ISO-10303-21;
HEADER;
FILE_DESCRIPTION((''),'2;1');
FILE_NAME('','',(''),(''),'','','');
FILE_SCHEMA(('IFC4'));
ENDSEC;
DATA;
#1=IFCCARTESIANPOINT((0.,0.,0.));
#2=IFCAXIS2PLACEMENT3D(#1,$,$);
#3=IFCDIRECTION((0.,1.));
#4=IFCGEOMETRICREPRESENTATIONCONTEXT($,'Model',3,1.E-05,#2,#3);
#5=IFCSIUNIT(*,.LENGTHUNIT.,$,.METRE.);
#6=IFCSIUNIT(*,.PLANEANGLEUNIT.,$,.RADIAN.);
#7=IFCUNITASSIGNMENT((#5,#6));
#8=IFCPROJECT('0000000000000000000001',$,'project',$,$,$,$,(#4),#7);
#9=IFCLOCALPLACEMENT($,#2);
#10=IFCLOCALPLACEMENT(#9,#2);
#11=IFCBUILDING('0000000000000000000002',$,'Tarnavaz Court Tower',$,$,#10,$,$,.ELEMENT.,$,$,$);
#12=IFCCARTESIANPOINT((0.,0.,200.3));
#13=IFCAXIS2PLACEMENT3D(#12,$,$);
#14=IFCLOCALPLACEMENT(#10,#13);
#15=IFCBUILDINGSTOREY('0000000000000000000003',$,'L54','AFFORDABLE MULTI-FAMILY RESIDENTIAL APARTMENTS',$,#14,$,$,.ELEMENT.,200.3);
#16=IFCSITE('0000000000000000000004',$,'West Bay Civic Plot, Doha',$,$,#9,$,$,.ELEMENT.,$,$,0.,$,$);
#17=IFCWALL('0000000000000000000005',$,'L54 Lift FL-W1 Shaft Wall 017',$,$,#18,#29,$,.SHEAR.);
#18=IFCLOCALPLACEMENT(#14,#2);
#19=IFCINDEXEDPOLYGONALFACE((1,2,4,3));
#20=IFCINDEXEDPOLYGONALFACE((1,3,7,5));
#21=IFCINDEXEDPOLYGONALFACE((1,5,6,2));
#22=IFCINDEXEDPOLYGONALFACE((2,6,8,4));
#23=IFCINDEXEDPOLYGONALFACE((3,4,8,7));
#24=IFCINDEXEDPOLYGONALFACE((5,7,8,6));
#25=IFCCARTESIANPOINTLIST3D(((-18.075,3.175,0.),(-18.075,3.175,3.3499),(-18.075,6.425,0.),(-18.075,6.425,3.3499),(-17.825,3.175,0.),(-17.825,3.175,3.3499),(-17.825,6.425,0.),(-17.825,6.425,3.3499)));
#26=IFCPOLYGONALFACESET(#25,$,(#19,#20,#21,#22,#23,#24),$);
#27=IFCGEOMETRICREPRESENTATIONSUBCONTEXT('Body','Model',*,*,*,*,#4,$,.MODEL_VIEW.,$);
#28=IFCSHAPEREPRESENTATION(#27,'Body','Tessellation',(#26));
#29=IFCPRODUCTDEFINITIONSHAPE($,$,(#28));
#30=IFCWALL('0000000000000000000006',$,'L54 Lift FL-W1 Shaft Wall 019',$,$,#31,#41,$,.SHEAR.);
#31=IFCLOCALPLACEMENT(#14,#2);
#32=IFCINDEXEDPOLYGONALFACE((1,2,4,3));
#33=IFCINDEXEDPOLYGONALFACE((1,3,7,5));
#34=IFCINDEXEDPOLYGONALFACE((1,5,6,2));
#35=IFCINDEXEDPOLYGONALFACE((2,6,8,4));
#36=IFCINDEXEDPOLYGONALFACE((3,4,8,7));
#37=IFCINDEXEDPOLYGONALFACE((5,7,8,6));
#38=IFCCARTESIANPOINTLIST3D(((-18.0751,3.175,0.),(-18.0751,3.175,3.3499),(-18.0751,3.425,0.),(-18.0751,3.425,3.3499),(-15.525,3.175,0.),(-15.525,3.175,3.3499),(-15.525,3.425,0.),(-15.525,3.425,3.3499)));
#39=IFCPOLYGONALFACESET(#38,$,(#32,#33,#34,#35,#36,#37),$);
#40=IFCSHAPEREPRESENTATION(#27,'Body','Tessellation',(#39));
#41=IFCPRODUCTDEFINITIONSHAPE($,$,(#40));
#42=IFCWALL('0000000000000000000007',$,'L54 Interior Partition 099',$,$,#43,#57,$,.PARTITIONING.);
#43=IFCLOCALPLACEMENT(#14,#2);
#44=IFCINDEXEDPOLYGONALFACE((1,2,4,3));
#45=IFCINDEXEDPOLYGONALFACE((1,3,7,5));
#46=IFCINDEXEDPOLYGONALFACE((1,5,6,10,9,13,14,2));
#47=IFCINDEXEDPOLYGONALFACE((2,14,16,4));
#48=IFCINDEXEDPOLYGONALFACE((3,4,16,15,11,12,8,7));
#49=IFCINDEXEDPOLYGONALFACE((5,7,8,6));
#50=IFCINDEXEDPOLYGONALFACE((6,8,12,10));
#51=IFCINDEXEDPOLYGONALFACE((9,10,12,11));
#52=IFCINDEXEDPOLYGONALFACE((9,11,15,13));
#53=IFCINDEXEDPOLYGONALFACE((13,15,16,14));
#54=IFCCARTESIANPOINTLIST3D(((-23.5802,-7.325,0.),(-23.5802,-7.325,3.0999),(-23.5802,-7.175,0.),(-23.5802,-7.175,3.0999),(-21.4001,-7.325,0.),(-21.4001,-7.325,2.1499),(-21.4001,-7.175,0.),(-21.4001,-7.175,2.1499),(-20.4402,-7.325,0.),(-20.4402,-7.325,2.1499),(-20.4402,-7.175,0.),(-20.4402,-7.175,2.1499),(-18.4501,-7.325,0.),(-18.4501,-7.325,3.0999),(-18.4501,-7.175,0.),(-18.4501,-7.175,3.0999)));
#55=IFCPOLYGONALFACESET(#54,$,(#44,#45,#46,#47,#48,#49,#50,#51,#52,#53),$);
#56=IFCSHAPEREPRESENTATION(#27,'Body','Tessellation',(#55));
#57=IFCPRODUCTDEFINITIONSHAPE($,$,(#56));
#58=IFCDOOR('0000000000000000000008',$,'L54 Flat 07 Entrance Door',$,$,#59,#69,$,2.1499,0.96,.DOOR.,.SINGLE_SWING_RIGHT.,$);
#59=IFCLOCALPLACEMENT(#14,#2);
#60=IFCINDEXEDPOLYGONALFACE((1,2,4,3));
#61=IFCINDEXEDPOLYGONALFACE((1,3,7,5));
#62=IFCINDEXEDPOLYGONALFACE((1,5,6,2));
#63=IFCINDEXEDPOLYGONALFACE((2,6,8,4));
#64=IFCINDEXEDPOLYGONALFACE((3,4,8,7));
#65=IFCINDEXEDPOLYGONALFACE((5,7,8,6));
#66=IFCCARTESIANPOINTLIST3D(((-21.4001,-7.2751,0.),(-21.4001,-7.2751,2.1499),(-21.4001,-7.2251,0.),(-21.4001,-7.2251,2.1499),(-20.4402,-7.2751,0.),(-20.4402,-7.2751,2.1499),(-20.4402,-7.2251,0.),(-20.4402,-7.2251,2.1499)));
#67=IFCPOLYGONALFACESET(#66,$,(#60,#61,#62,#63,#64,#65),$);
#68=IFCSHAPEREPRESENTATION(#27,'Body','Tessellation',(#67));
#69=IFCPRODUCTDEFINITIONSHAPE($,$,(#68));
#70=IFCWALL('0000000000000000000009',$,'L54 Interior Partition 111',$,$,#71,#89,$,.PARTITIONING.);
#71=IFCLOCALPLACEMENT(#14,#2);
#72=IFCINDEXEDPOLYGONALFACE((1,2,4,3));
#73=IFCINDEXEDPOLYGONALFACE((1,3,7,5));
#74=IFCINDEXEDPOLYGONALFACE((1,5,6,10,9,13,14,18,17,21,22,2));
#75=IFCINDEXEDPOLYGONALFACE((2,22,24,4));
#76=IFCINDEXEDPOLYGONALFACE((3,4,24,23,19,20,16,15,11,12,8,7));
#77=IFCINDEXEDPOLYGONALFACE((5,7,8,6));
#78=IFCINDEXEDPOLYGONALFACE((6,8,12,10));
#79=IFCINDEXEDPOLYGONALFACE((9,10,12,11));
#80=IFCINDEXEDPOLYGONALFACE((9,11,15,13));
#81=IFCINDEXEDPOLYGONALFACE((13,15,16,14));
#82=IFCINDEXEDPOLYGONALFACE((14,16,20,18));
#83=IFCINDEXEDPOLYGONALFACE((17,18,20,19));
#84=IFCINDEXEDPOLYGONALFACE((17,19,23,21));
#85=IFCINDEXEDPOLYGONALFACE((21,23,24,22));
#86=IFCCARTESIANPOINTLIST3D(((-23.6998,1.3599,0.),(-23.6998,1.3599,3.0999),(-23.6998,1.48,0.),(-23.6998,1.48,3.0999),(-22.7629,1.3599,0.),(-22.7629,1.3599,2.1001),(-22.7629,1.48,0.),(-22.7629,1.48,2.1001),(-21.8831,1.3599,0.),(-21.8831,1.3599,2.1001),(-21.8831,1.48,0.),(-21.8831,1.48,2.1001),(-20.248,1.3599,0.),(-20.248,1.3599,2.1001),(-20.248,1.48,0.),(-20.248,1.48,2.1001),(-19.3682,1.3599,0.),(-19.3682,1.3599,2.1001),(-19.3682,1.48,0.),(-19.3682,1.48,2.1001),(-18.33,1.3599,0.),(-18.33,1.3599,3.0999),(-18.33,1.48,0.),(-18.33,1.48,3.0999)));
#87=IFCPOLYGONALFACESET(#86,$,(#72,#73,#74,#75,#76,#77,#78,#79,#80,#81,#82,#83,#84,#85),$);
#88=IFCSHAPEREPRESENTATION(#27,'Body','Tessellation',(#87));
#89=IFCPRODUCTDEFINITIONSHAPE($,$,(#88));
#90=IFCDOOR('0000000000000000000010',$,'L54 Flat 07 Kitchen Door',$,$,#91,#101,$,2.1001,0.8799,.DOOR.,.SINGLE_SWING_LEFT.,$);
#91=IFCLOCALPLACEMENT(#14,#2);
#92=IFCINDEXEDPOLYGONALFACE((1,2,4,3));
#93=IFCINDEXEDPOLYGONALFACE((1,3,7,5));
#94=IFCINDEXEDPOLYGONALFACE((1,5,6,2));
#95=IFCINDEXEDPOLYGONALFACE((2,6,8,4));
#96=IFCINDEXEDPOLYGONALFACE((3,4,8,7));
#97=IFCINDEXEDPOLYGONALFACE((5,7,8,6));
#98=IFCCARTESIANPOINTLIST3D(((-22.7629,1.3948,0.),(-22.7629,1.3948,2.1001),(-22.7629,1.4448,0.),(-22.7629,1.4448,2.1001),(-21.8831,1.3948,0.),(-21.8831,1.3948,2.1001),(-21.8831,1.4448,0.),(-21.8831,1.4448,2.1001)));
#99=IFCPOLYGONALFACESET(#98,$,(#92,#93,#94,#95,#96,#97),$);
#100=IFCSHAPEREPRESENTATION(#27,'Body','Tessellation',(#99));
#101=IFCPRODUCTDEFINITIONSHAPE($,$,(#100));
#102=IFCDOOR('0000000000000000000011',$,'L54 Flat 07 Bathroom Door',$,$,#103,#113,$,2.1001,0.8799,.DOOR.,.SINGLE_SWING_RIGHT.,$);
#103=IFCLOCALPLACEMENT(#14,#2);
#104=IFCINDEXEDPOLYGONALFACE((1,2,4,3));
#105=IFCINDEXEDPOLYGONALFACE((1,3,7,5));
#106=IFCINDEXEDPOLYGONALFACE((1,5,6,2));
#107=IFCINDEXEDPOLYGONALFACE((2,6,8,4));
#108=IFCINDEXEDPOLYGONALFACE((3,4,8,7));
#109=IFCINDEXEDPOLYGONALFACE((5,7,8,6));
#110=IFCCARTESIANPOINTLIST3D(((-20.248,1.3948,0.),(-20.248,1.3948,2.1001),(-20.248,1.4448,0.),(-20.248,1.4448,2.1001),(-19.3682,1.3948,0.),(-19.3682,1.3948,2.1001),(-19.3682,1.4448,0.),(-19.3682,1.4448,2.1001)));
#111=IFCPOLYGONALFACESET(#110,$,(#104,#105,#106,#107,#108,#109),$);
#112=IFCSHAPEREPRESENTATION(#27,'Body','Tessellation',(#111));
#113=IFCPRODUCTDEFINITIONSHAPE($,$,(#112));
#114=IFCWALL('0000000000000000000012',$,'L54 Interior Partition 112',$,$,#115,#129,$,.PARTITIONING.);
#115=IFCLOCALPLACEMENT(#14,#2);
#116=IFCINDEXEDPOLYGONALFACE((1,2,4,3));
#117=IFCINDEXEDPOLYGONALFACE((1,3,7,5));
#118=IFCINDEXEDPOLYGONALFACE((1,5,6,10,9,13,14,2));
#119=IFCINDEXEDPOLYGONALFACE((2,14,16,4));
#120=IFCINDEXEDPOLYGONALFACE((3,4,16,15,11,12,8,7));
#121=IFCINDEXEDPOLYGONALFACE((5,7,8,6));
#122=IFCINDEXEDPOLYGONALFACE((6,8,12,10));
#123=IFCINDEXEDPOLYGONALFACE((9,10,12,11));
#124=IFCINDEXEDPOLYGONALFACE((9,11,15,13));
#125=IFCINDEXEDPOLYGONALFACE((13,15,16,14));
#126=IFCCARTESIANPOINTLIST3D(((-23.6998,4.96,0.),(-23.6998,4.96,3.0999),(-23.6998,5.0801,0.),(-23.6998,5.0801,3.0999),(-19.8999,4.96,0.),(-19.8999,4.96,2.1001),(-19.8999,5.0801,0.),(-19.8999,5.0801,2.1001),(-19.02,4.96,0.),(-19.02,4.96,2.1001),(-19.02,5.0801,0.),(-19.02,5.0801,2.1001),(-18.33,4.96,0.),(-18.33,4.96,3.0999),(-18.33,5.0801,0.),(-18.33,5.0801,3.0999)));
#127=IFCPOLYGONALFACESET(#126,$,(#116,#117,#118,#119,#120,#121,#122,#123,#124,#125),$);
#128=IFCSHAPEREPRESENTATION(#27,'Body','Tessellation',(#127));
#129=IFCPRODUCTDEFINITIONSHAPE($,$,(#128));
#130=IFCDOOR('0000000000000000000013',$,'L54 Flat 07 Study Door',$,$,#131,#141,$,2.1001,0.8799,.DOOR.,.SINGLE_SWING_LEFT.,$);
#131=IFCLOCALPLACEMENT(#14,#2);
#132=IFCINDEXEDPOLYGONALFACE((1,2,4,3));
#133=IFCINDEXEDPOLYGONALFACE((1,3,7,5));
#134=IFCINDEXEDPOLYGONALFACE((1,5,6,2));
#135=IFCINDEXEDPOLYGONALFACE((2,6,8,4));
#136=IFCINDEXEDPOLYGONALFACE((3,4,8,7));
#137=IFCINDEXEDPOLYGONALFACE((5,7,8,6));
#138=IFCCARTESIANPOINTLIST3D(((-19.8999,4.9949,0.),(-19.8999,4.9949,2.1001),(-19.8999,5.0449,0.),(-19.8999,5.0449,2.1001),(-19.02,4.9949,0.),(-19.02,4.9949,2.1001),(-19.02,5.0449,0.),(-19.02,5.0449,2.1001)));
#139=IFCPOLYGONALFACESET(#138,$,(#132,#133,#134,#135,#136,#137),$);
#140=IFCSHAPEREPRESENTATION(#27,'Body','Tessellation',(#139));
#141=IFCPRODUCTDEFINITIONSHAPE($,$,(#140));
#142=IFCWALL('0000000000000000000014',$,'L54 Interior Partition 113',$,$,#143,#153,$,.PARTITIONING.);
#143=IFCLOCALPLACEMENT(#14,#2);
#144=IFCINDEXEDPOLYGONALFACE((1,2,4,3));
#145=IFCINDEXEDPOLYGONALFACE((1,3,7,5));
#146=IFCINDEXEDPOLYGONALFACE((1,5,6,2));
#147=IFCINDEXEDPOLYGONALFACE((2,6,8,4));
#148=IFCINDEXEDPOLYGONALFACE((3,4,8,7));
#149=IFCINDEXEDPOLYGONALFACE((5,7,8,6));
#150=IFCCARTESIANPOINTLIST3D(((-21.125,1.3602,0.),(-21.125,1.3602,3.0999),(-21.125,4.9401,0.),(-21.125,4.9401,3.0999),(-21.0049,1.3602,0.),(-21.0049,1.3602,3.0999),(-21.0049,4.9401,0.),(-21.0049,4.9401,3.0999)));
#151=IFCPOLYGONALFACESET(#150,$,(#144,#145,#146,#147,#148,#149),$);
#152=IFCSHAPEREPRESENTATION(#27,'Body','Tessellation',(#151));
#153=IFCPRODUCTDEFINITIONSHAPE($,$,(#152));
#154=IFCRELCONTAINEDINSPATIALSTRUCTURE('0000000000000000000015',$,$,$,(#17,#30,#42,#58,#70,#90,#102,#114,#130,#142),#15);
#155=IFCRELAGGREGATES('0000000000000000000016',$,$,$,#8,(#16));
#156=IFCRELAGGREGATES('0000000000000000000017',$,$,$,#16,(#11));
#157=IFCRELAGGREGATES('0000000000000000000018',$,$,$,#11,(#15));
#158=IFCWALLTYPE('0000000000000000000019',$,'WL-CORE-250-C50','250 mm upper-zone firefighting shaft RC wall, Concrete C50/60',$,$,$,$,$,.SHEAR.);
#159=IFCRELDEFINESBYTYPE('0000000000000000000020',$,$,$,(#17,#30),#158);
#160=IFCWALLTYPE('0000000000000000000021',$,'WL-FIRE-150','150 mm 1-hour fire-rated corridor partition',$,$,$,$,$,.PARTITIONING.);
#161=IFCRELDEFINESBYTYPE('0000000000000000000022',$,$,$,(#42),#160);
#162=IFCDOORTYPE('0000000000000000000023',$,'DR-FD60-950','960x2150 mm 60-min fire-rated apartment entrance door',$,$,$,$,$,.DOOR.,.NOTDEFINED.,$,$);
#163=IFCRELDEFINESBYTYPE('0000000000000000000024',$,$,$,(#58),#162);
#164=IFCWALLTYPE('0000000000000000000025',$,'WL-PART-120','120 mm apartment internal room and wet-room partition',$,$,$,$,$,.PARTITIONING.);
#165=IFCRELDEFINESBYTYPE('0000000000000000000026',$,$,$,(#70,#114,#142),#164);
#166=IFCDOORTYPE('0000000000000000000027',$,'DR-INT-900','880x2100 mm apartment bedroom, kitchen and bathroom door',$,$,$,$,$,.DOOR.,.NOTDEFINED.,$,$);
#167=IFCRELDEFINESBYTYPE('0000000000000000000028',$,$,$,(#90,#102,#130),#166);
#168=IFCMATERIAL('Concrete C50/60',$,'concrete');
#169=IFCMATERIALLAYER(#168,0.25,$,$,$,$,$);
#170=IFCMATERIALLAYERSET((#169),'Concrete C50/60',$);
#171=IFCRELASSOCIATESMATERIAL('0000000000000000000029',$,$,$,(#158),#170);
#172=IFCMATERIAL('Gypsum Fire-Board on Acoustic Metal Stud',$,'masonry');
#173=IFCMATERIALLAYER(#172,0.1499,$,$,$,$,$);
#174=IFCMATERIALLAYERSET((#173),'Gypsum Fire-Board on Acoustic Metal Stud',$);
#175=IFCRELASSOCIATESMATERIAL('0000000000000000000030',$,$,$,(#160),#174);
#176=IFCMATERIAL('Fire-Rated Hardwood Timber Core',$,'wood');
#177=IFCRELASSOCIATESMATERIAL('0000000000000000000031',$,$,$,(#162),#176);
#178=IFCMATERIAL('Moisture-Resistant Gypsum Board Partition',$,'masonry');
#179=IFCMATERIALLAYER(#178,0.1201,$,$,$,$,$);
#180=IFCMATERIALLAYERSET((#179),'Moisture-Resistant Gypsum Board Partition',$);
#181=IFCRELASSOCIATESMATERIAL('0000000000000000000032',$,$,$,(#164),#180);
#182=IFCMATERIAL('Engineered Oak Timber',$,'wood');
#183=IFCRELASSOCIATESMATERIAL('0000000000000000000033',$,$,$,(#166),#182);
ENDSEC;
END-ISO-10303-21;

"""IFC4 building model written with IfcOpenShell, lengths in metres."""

from ifc_helpers import new_model, si_unit, direction, frame, frame_2d, origin, place, context, subcontext, project, spatial, rectangle, extrude, material, layer, layer_set, type_object, element, fill, save


model = new_model("IFC4")

# Units and contexts
model_context = context("Model", 3, precision=1e-05, world=origin(), true_north=direction((0.0, 1.0)))
body_context = subcontext(model_context, "Body", "Model", "MODEL_VIEW")
ifc_project = project(units=[si_unit("LENGTHUNIT", "METRE"), si_unit("PLANEANGLEUNIT", "RADIAN")], contexts=[model_context])

# Site, building, storey
site_placement = place(None, origin())
site = spatial("IfcSite", under=ifc_project, at=site_placement, Name="West Bay Civic Plot, Doha", CompositionType="ELEMENT", RefElevation=0.0)
building_placement = place(site_placement, origin())
building = spatial("IfcBuilding", under=site, at=building_placement, Name="Tarnavaz Court Tower", CompositionType="ELEMENT")
storey_placement = place(building_placement, frame((0.0, 0.0, 200.3)))
storey = spatial("IfcBuildingStorey", under=building, at=storey_placement, Name="L54", Description="AFFORDABLE MULTI-FAMILY RESIDENTIAL APARTMENTS", CompositionType="ELEMENT", Elevation=200.3)

# Shared definitions
ifc_material_1 = material(Name="Concrete C50/60", Category="concrete")

# Walls
ifc_layer_1 = layer(ifc_material_1, 0.25)
ifc_layer_set_1 = layer_set([ifc_layer_1], Name="Concrete C50/60")
wall_type_1 = type_object("IfcWallType", Name="WL-CORE-250-C50", Description="250 mm upper-zone firefighting shaft RC wall, Concrete C50/60", PredefinedType="SHEAR", material=ifc_layer_set_1)
wall_1_placement = place(storey_placement, frame((-17.95, 3.175, 0.0), z_axis=(0.0, 0.0, 1.0), x_axis=(0.0, 1.0, 0.0)))
element("IfcWall", 1, at=wall_1_placement, inside=storey, type_object=wall_type_1, Name="L54 Lift FL-W1 Shaft Wall 017", PredefinedType="SHEAR", context=body_context, shape_type="SweptSolid", body=[
    extrude(rectangle(XDim=3.25, YDim=0.25, at=frame_2d((1.625, 0.0))), origin(), (0.0, 0.0, 1.0), 3.3499),
])
wall_2_placement = place(storey_placement, frame((-18.075, 3.3, 0.0), z_axis=(0.0, 0.0, 1.0), x_axis=(1.0, 0.0, 0.0)))
element("IfcWall", 2, at=wall_2_placement, inside=storey, type_object=wall_type_1, Name="L54 Lift FL-W1 Shaft Wall 019", PredefinedType="SHEAR", context=body_context, shape_type="SweptSolid", body=[
    extrude(rectangle(XDim=2.55, YDim=0.25, at=frame_2d((1.2749, 0.0))), origin(), (0.0, 0.0, 1.0), 3.3499),
])

# Wall, opening, door
ifc_material_2 = material(Name="Fire-Rated Hardwood Timber Core", Category="wood")
ifc_material_3 = material(Name="Gypsum Fire-Board on Acoustic Metal Stud", Category="masonry")
ifc_layer_2 = layer(ifc_material_3, 0.1499)
ifc_layer_set_2 = layer_set([ifc_layer_2], Name="Gypsum Fire-Board on Acoustic Metal Stud")
wall_type_2 = type_object("IfcWallType", Name="WL-FIRE-150", Description="150 mm 1-hour fire-rated corridor partition", PredefinedType="PARTITIONING", material=ifc_layer_set_2)
wall_3_placement = place(storey_placement, frame((-23.5801, -7.25, 0.0), z_axis=(0.0, 0.0, 1.0), x_axis=(1.0, 0.0, 0.0)))
wall_3 = element("IfcWall", 3, at=wall_3_placement, inside=storey, type_object=wall_type_2, Name="L54 Interior Partition 099", PredefinedType="PARTITIONING", context=body_context, shape_type="SweptSolid", body=[
    extrude(rectangle(XDim=5.1301, YDim=0.1499, at=frame_2d((2.5649, 0.0))), origin(), (0.0, 0.0, 1.0), 3.0999),
])
opening_1_placement = place(wall_3_placement, frame((2.1799, 0.0, 0.0)))
opening_1 = element("IfcOpeningElement", 4, at=opening_1_placement, cuts=wall_3, PredefinedType="OPENING", context=body_context, shape_type="SweptSolid", body=[
    extrude(rectangle(XDim=0.96, YDim=2.1499, at=frame_2d((0.48, 1.075))), frame((0.0, 0.085, 0.0), z_axis=(0.0, -1.0, 0.0), x_axis=(1.0, 0.0, 0.0)), (0.0, 0.0, 1.0), 0.1699),
])
door_type_1 = type_object("IfcDoorType", Name="DR-FD60-950", Description="960x2150 mm 60-min fire-rated apartment entrance door", OperationType="NOTDEFINED", PredefinedType="DOOR", material=ifc_material_2)
door_1_placement = place(opening_1_placement, origin())
door_1 = element("IfcDoor", 5, at=door_1_placement, inside=storey, type_object=door_type_1, Name="L54 Flat 07 Entrance Door", OperationType="SINGLE_SWING_RIGHT", OverallHeight=2.1499, OverallWidth=0.96, PredefinedType="DOOR", context=body_context, shape_type="SweptSolid", body=[
    extrude(rectangle(XDim=0.96, YDim=2.1499, at=frame_2d((0.48, 1.075))), frame((0.0, 0.0249, 0.0), z_axis=(0.0, -1.0, 0.0), x_axis=(1.0, 0.0, 0.0)), (0.0, 0.0, 1.0), 0.05),
])
fill(opening_1, door_1)

# Wall, openings, doors
ifc_material_4 = material(Name="Moisture-Resistant Gypsum Board Partition", Category="masonry")
ifc_layer_3 = layer(ifc_material_4, 0.1201)
ifc_layer_set_3 = layer_set([ifc_layer_3], Name="Moisture-Resistant Gypsum Board Partition")
wall_type_3 = type_object("IfcWallType", Name="WL-PART-120", Description="120 mm apartment internal room and wet-room partition", PredefinedType="PARTITIONING", material=ifc_layer_set_3)
wall_4_placement = place(storey_placement, frame((-23.7, 1.4199, 0.0), z_axis=(0.0, 0.0, 1.0), x_axis=(1.0, 0.0, 0.0)))
wall_4 = element("IfcWall", 6, at=wall_4_placement, inside=storey, type_object=wall_type_3, Name="L54 Interior Partition 111", PredefinedType="PARTITIONING", context=body_context, shape_type="SweptSolid", body=[
    extrude(rectangle(XDim=5.3699, YDim=0.1201, at=frame_2d((2.6851, 0.0))), origin(), (0.0, 0.0, 1.0), 3.0999),
])
opening_2_placement = place(wall_4_placement, frame((0.937, 0.0, 0.0)))
opening_2 = element("IfcOpeningElement", 7, at=opening_2_placement, cuts=wall_4, PredefinedType="OPENING", context=body_context, shape_type="SweptSolid", body=[
    extrude(rectangle(XDim=0.8799, YDim=2.1001, at=frame_2d((0.4399, 1.05))), frame((0.0, 0.0701, 0.0), z_axis=(0.0, -1.0, 0.0), x_axis=(1.0, 0.0, 0.0)), (0.0, 0.0, 1.0), 0.1401),
])
opening_3_placement = place(wall_4_placement, frame((3.4519, 0.0, 0.0)))
opening_3 = element("IfcOpeningElement", 8, at=opening_3_placement, cuts=wall_4, PredefinedType="OPENING", context=body_context, shape_type="SweptSolid", body=[
    extrude(rectangle(XDim=0.8799, YDim=2.1001, at=frame_2d((0.4399, 1.05))), frame((0.0, 0.0701, 0.0), z_axis=(0.0, -1.0, 0.0), x_axis=(1.0, 0.0, 0.0)), (0.0, 0.0, 1.0), 0.1401),
])
ifc_material_5 = material(Name="Engineered Oak Timber", Category="wood")
door_type_2 = type_object("IfcDoorType", Name="DR-INT-900", Description="880x2100 mm apartment bedroom, kitchen and bathroom door", OperationType="NOTDEFINED", PredefinedType="DOOR", material=ifc_material_5)
door_2_placement = place(opening_2_placement, origin())
door_2 = element("IfcDoor", 9, at=door_2_placement, inside=storey, type_object=door_type_2, Name="L54 Flat 07 Kitchen Door", OperationType="SINGLE_SWING_LEFT", OverallHeight=2.1001, OverallWidth=0.8799, PredefinedType="DOOR", context=body_context, shape_type="SweptSolid", body=[
    extrude(rectangle(XDim=0.8799, YDim=2.1001, at=frame_2d((0.4399, 1.05))), frame((0.0, 0.0249, 0.0), z_axis=(0.0, -1.0, 0.0), x_axis=(1.0, 0.0, 0.0)), (0.0, 0.0, 1.0), 0.05),
])
fill(opening_2, door_2)
door_3_placement = place(opening_3_placement, origin())
door_3 = element("IfcDoor", 10, at=door_3_placement, inside=storey, type_object=door_type_2, Name="L54 Flat 07 Bathroom Door", OperationType="SINGLE_SWING_RIGHT", OverallHeight=2.1001, OverallWidth=0.8799, PredefinedType="DOOR", context=body_context, shape_type="SweptSolid", body=[
    extrude(rectangle(XDim=0.8799, YDim=2.1001, at=frame_2d((0.4399, 1.05))), frame((0.0, 0.0249, 0.0), z_axis=(0.0, -1.0, 0.0), x_axis=(1.0, 0.0, 0.0)), (0.0, 0.0, 1.0), 0.05),
])
fill(opening_3, door_3)

# Wall, opening, door
wall_5_placement = place(storey_placement, frame((-23.7, 5.02, 0.0), z_axis=(0.0, 0.0, 1.0), x_axis=(1.0, 0.0, 0.0)))
wall_5 = element("IfcWall", 11, at=wall_5_placement, inside=storey, type_object=wall_type_3, Name="L54 Interior Partition 112", PredefinedType="PARTITIONING", context=body_context, shape_type="SweptSolid", body=[
    extrude(rectangle(XDim=5.3699, YDim=0.1201, at=frame_2d((2.6851, 0.0))), origin(), (0.0, 0.0, 1.0), 3.0999),
])
opening_4_placement = place(wall_5_placement, frame((3.8, 0.0, 0.0)))
opening_4 = element("IfcOpeningElement", 12, at=opening_4_placement, cuts=wall_5, PredefinedType="OPENING", context=body_context, shape_type="SweptSolid", body=[
    extrude(rectangle(XDim=0.8799, YDim=2.1001, at=frame_2d((0.4399, 1.05))), frame((0.0, 0.0701, 0.0), z_axis=(0.0, -1.0, 0.0), x_axis=(1.0, 0.0, 0.0)), (0.0, 0.0, 1.0), 0.1401),
])
door_4_placement = place(opening_4_placement, origin())
door_4 = element("IfcDoor", 13, at=door_4_placement, inside=storey, type_object=door_type_2, Name="L54 Flat 07 Study Door", OperationType="SINGLE_SWING_LEFT", OverallHeight=2.1001, OverallWidth=0.8799, PredefinedType="DOOR", context=body_context, shape_type="SweptSolid", body=[
    extrude(rectangle(XDim=0.8799, YDim=2.1001, at=frame_2d((0.4399, 1.05))), frame((0.0, 0.0249, 0.0), z_axis=(0.0, -1.0, 0.0), x_axis=(1.0, 0.0, 0.0)), (0.0, 0.0, 1.0), 0.05),
])
fill(opening_4, door_4)

# Wall
wall_6_placement = place(storey_placement, frame((-21.0649, 1.3601, 0.0), z_axis=(0.0, 0.0, 1.0), x_axis=(0.0, 1.0, 0.0)))
element("IfcWall", 14, at=wall_6_placement, inside=storey, type_object=wall_type_3, Name="L54 Interior Partition 113", PredefinedType="PARTITIONING", context=body_context, shape_type="SweptSolid", body=[
    extrude(rectangle(XDim=3.5798, YDim=0.1201, at=frame_2d((1.79, 0.0))), origin(), (0.0, 0.0, 1.0), 3.0999),
])

save(model, "model.ifc")
